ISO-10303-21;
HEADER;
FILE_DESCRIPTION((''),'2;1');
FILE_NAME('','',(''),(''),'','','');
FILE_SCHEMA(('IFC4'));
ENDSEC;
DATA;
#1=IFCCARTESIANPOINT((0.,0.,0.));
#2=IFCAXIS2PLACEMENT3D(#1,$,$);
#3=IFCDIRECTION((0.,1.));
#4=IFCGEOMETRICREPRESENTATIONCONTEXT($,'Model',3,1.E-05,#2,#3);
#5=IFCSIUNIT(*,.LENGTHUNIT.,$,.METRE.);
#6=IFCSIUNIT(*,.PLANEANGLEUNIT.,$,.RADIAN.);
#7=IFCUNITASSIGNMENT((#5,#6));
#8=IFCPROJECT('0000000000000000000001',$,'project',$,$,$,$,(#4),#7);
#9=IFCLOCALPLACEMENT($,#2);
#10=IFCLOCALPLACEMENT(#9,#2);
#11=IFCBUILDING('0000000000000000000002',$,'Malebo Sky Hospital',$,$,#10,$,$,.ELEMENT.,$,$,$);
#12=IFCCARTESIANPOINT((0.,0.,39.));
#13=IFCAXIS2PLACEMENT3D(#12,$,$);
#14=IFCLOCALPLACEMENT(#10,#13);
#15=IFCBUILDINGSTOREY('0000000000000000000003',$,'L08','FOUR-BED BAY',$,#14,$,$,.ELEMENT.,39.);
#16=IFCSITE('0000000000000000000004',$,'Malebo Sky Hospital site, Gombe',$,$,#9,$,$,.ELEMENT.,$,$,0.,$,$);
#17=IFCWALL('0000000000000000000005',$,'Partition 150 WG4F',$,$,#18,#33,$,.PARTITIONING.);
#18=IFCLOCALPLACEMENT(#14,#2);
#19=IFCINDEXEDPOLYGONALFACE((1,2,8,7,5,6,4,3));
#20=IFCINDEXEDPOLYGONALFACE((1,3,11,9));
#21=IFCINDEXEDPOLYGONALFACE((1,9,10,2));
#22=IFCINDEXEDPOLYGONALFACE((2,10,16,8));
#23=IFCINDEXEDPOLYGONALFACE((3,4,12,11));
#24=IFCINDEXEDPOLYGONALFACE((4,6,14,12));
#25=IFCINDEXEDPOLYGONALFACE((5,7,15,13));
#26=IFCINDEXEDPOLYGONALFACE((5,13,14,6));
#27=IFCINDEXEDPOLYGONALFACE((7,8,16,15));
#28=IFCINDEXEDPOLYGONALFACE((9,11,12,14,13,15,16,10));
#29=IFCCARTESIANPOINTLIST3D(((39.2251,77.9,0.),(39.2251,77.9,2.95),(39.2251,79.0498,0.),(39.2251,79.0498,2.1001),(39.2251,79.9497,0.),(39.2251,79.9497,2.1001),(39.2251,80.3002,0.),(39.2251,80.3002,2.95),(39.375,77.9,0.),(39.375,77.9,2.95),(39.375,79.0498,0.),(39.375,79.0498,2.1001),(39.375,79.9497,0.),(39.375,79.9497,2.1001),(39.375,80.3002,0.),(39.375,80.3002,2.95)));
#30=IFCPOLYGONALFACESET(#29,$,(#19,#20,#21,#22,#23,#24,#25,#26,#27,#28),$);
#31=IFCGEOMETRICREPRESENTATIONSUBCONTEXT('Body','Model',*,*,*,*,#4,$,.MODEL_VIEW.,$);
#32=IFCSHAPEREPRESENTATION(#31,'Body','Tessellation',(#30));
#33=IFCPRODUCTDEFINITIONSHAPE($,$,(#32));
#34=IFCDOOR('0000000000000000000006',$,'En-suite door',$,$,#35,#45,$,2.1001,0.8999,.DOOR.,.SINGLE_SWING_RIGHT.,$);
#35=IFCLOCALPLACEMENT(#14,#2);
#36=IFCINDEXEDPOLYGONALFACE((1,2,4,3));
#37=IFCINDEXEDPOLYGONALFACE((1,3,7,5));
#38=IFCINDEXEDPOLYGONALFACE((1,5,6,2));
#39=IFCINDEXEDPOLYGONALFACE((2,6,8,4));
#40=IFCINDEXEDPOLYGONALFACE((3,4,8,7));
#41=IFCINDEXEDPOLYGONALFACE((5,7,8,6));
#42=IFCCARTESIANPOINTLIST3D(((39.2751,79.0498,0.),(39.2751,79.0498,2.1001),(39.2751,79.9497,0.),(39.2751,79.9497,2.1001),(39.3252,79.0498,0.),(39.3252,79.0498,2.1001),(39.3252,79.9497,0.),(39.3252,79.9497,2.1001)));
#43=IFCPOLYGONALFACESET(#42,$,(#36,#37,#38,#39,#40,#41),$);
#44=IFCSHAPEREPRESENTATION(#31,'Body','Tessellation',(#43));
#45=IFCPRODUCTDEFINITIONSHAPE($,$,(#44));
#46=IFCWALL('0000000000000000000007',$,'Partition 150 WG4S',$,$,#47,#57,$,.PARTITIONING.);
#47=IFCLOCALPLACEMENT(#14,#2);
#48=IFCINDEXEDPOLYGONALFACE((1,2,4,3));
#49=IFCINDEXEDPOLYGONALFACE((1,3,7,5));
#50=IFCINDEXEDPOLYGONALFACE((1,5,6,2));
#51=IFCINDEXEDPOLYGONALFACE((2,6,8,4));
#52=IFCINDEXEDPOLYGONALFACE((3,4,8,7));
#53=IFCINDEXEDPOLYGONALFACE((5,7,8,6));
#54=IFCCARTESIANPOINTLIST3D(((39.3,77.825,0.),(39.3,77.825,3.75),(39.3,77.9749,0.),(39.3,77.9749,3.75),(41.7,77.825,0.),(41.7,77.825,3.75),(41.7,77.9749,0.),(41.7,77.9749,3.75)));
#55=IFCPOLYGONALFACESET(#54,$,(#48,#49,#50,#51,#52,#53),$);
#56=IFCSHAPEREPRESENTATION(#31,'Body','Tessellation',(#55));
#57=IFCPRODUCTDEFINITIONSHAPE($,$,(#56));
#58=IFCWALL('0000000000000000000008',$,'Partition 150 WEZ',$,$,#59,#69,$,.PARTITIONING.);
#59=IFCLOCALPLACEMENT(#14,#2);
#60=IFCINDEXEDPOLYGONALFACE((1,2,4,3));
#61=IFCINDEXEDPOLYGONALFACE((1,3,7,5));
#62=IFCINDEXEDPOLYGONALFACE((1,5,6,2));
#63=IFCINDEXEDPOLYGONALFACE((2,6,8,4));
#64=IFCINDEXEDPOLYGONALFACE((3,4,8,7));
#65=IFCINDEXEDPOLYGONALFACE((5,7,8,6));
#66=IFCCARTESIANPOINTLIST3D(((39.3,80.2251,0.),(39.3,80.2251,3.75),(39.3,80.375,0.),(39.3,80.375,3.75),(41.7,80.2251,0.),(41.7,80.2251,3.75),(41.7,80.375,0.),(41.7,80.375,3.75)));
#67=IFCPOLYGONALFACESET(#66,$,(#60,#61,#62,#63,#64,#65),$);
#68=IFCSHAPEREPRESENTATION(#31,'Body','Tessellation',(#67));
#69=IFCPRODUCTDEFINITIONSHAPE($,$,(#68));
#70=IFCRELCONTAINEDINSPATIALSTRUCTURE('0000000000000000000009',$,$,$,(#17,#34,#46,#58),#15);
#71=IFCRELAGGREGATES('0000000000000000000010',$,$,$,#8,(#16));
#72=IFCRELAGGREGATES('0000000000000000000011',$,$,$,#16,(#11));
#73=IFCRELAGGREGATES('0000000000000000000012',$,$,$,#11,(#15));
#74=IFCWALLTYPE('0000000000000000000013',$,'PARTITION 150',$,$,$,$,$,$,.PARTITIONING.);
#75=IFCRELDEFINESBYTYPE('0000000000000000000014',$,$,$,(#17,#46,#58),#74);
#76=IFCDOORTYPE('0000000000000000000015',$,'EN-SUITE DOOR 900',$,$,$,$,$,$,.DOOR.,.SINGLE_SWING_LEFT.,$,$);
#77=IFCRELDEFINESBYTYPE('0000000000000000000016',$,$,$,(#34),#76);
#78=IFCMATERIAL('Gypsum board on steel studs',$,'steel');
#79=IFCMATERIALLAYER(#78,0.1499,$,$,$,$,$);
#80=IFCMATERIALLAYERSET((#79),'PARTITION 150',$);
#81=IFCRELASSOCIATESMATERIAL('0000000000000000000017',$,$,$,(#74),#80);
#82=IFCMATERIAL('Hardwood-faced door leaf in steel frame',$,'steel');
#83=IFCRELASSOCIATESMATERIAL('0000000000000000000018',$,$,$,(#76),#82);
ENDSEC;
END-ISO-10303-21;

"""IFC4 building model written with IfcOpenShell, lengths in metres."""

from ifc_helpers import new_model, si_unit, direction, frame, frame_2d, origin, place, context, subcontext, project, spatial, rectangle, extrude, material, layer, layer_set, type_object, element, fill, save


model = new_model("IFC4")

# Units and contexts
model_context = context("Model", 3, precision=1e-05, world=origin(), true_north=direction((0.0, 1.0)))
body_context = subcontext(model_context, "Body", "Model", "MODEL_VIEW")
ifc_project = project(units=[si_unit("LENGTHUNIT", "METRE"), si_unit("PLANEANGLEUNIT", "RADIAN")], contexts=[model_context])

# Site, building, storey
site_placement = place(None, origin())
site = spatial("IfcSite", under=ifc_project, at=site_placement, Name="Malebo Sky Hospital site, Gombe", CompositionType="ELEMENT", RefElevation=0.0)
building_placement = place(site_placement, origin())
building = spatial("IfcBuilding", under=site, at=building_placement, Name="Malebo Sky Hospital", CompositionType="ELEMENT")
storey_placement = place(building_placement, frame((0.0, 0.0, 39.0)))
storey = spatial("IfcBuildingStorey", under=building, at=storey_placement, Name="L08", Description="FOUR-BED BAY", CompositionType="ELEMENT", Elevation=39.0)

# Shared definitions
ifc_material_1 = material(Name="Gypsum board on steel studs", Category="steel")
ifc_material_2 = material(Name="Hardwood-faced door leaf in steel frame", Category="steel")

# Shared definitions
ifc_layer_1 = layer(ifc_material_1, 0.1499)
ifc_layer_set_1 = layer_set([ifc_layer_1], Name="PARTITION 150")
wall_type_1 = type_object("IfcWallType", Name="PARTITION 150", PredefinedType="PARTITIONING", material=ifc_layer_set_1)

# Wall, opening, door
wall_1_placement = place(storey_placement, frame((39.3, 77.8999, 0.0), z_axis=(0.0, 0.0, 1.0), x_axis=(0.0, 1.0, 0.0)))
wall_1 = element("IfcWall", 1, at=wall_1_placement, inside=storey, type_object=wall_type_1, Name="Partition 150 WG4F", PredefinedType="PARTITIONING", context=body_context, shape_type="SweptSolid", body=[
    extrude(rectangle(XDim=2.4001, YDim=0.1499, at=frame_2d((1.2002, 0.0))), origin(), (0.0, 0.0, 1.0), 2.95),
])
opening_1_placement = place(wall_1_placement, frame((1.1499, 0.0, 0.0)))
opening_1 = element("IfcOpeningElement", 2, at=opening_1_placement, cuts=wall_1, PredefinedType="OPENING", context=body_context, shape_type="SweptSolid", body=[
    extrude(rectangle(XDim=0.8999, YDim=2.1001, at=frame_2d((0.45, 1.05))), frame((0.0, 0.085, 0.0), z_axis=(0.0, -1.0, 0.0), x_axis=(1.0, 0.0, 0.0)), (0.0, 0.0, 1.0), 0.1699),
])
door_type_1 = type_object("IfcDoorType", Name="EN-SUITE DOOR 900", OperationType="SINGLE_SWING_LEFT", PredefinedType="DOOR", material=ifc_material_2)
door_1_placement = place(opening_1_placement, origin())
door_1 = element("IfcDoor", 3, at=door_1_placement, inside=storey, type_object=door_type_1, Name="En-suite door", OperationType="SINGLE_SWING_RIGHT", OverallHeight=2.1001, OverallWidth=0.8999, PredefinedType="DOOR", context=body_context, shape_type="SweptSolid", body=[
    extrude(rectangle(XDim=0.8999, YDim=2.1001, at=frame_2d((0.45, 1.05))), frame((0.0, 0.0249, 0.0), z_axis=(0.0, -1.0, 0.0), x_axis=(1.0, 0.0, 0.0)), (0.0, 0.0, 1.0), 0.05),
])
fill(opening_1, door_1)

# Walls
for number, where, z_axis, x_axis, name in (
    (4, (41.7, 77.8999, 0.0), (0.0, 0.0, 1.0), (-1.0, 0.0, 0.0), "Partition 150 WG4S"),
    (5, (41.7, 80.3, 0.0), (0.0, 0.0, 1.0), (-1.0, 0.0, 0.0), "Partition 150 WEZ"),
):
    element("IfcWall", number, at=place(storey_placement, frame(where, z_axis=z_axis, x_axis=x_axis)), inside=storey, type_object=wall_type_1, Name=name, PredefinedType="PARTITIONING", context=body_context, shape_type="SweptSolid", body=[
        extrude(rectangle(XDim=2.3999, YDim=0.1499, at=frame_2d((1.2, 0.0))), origin(), (0.0, 0.0, 1.0), 3.75),
    ])

save(model, "model.ifc")
